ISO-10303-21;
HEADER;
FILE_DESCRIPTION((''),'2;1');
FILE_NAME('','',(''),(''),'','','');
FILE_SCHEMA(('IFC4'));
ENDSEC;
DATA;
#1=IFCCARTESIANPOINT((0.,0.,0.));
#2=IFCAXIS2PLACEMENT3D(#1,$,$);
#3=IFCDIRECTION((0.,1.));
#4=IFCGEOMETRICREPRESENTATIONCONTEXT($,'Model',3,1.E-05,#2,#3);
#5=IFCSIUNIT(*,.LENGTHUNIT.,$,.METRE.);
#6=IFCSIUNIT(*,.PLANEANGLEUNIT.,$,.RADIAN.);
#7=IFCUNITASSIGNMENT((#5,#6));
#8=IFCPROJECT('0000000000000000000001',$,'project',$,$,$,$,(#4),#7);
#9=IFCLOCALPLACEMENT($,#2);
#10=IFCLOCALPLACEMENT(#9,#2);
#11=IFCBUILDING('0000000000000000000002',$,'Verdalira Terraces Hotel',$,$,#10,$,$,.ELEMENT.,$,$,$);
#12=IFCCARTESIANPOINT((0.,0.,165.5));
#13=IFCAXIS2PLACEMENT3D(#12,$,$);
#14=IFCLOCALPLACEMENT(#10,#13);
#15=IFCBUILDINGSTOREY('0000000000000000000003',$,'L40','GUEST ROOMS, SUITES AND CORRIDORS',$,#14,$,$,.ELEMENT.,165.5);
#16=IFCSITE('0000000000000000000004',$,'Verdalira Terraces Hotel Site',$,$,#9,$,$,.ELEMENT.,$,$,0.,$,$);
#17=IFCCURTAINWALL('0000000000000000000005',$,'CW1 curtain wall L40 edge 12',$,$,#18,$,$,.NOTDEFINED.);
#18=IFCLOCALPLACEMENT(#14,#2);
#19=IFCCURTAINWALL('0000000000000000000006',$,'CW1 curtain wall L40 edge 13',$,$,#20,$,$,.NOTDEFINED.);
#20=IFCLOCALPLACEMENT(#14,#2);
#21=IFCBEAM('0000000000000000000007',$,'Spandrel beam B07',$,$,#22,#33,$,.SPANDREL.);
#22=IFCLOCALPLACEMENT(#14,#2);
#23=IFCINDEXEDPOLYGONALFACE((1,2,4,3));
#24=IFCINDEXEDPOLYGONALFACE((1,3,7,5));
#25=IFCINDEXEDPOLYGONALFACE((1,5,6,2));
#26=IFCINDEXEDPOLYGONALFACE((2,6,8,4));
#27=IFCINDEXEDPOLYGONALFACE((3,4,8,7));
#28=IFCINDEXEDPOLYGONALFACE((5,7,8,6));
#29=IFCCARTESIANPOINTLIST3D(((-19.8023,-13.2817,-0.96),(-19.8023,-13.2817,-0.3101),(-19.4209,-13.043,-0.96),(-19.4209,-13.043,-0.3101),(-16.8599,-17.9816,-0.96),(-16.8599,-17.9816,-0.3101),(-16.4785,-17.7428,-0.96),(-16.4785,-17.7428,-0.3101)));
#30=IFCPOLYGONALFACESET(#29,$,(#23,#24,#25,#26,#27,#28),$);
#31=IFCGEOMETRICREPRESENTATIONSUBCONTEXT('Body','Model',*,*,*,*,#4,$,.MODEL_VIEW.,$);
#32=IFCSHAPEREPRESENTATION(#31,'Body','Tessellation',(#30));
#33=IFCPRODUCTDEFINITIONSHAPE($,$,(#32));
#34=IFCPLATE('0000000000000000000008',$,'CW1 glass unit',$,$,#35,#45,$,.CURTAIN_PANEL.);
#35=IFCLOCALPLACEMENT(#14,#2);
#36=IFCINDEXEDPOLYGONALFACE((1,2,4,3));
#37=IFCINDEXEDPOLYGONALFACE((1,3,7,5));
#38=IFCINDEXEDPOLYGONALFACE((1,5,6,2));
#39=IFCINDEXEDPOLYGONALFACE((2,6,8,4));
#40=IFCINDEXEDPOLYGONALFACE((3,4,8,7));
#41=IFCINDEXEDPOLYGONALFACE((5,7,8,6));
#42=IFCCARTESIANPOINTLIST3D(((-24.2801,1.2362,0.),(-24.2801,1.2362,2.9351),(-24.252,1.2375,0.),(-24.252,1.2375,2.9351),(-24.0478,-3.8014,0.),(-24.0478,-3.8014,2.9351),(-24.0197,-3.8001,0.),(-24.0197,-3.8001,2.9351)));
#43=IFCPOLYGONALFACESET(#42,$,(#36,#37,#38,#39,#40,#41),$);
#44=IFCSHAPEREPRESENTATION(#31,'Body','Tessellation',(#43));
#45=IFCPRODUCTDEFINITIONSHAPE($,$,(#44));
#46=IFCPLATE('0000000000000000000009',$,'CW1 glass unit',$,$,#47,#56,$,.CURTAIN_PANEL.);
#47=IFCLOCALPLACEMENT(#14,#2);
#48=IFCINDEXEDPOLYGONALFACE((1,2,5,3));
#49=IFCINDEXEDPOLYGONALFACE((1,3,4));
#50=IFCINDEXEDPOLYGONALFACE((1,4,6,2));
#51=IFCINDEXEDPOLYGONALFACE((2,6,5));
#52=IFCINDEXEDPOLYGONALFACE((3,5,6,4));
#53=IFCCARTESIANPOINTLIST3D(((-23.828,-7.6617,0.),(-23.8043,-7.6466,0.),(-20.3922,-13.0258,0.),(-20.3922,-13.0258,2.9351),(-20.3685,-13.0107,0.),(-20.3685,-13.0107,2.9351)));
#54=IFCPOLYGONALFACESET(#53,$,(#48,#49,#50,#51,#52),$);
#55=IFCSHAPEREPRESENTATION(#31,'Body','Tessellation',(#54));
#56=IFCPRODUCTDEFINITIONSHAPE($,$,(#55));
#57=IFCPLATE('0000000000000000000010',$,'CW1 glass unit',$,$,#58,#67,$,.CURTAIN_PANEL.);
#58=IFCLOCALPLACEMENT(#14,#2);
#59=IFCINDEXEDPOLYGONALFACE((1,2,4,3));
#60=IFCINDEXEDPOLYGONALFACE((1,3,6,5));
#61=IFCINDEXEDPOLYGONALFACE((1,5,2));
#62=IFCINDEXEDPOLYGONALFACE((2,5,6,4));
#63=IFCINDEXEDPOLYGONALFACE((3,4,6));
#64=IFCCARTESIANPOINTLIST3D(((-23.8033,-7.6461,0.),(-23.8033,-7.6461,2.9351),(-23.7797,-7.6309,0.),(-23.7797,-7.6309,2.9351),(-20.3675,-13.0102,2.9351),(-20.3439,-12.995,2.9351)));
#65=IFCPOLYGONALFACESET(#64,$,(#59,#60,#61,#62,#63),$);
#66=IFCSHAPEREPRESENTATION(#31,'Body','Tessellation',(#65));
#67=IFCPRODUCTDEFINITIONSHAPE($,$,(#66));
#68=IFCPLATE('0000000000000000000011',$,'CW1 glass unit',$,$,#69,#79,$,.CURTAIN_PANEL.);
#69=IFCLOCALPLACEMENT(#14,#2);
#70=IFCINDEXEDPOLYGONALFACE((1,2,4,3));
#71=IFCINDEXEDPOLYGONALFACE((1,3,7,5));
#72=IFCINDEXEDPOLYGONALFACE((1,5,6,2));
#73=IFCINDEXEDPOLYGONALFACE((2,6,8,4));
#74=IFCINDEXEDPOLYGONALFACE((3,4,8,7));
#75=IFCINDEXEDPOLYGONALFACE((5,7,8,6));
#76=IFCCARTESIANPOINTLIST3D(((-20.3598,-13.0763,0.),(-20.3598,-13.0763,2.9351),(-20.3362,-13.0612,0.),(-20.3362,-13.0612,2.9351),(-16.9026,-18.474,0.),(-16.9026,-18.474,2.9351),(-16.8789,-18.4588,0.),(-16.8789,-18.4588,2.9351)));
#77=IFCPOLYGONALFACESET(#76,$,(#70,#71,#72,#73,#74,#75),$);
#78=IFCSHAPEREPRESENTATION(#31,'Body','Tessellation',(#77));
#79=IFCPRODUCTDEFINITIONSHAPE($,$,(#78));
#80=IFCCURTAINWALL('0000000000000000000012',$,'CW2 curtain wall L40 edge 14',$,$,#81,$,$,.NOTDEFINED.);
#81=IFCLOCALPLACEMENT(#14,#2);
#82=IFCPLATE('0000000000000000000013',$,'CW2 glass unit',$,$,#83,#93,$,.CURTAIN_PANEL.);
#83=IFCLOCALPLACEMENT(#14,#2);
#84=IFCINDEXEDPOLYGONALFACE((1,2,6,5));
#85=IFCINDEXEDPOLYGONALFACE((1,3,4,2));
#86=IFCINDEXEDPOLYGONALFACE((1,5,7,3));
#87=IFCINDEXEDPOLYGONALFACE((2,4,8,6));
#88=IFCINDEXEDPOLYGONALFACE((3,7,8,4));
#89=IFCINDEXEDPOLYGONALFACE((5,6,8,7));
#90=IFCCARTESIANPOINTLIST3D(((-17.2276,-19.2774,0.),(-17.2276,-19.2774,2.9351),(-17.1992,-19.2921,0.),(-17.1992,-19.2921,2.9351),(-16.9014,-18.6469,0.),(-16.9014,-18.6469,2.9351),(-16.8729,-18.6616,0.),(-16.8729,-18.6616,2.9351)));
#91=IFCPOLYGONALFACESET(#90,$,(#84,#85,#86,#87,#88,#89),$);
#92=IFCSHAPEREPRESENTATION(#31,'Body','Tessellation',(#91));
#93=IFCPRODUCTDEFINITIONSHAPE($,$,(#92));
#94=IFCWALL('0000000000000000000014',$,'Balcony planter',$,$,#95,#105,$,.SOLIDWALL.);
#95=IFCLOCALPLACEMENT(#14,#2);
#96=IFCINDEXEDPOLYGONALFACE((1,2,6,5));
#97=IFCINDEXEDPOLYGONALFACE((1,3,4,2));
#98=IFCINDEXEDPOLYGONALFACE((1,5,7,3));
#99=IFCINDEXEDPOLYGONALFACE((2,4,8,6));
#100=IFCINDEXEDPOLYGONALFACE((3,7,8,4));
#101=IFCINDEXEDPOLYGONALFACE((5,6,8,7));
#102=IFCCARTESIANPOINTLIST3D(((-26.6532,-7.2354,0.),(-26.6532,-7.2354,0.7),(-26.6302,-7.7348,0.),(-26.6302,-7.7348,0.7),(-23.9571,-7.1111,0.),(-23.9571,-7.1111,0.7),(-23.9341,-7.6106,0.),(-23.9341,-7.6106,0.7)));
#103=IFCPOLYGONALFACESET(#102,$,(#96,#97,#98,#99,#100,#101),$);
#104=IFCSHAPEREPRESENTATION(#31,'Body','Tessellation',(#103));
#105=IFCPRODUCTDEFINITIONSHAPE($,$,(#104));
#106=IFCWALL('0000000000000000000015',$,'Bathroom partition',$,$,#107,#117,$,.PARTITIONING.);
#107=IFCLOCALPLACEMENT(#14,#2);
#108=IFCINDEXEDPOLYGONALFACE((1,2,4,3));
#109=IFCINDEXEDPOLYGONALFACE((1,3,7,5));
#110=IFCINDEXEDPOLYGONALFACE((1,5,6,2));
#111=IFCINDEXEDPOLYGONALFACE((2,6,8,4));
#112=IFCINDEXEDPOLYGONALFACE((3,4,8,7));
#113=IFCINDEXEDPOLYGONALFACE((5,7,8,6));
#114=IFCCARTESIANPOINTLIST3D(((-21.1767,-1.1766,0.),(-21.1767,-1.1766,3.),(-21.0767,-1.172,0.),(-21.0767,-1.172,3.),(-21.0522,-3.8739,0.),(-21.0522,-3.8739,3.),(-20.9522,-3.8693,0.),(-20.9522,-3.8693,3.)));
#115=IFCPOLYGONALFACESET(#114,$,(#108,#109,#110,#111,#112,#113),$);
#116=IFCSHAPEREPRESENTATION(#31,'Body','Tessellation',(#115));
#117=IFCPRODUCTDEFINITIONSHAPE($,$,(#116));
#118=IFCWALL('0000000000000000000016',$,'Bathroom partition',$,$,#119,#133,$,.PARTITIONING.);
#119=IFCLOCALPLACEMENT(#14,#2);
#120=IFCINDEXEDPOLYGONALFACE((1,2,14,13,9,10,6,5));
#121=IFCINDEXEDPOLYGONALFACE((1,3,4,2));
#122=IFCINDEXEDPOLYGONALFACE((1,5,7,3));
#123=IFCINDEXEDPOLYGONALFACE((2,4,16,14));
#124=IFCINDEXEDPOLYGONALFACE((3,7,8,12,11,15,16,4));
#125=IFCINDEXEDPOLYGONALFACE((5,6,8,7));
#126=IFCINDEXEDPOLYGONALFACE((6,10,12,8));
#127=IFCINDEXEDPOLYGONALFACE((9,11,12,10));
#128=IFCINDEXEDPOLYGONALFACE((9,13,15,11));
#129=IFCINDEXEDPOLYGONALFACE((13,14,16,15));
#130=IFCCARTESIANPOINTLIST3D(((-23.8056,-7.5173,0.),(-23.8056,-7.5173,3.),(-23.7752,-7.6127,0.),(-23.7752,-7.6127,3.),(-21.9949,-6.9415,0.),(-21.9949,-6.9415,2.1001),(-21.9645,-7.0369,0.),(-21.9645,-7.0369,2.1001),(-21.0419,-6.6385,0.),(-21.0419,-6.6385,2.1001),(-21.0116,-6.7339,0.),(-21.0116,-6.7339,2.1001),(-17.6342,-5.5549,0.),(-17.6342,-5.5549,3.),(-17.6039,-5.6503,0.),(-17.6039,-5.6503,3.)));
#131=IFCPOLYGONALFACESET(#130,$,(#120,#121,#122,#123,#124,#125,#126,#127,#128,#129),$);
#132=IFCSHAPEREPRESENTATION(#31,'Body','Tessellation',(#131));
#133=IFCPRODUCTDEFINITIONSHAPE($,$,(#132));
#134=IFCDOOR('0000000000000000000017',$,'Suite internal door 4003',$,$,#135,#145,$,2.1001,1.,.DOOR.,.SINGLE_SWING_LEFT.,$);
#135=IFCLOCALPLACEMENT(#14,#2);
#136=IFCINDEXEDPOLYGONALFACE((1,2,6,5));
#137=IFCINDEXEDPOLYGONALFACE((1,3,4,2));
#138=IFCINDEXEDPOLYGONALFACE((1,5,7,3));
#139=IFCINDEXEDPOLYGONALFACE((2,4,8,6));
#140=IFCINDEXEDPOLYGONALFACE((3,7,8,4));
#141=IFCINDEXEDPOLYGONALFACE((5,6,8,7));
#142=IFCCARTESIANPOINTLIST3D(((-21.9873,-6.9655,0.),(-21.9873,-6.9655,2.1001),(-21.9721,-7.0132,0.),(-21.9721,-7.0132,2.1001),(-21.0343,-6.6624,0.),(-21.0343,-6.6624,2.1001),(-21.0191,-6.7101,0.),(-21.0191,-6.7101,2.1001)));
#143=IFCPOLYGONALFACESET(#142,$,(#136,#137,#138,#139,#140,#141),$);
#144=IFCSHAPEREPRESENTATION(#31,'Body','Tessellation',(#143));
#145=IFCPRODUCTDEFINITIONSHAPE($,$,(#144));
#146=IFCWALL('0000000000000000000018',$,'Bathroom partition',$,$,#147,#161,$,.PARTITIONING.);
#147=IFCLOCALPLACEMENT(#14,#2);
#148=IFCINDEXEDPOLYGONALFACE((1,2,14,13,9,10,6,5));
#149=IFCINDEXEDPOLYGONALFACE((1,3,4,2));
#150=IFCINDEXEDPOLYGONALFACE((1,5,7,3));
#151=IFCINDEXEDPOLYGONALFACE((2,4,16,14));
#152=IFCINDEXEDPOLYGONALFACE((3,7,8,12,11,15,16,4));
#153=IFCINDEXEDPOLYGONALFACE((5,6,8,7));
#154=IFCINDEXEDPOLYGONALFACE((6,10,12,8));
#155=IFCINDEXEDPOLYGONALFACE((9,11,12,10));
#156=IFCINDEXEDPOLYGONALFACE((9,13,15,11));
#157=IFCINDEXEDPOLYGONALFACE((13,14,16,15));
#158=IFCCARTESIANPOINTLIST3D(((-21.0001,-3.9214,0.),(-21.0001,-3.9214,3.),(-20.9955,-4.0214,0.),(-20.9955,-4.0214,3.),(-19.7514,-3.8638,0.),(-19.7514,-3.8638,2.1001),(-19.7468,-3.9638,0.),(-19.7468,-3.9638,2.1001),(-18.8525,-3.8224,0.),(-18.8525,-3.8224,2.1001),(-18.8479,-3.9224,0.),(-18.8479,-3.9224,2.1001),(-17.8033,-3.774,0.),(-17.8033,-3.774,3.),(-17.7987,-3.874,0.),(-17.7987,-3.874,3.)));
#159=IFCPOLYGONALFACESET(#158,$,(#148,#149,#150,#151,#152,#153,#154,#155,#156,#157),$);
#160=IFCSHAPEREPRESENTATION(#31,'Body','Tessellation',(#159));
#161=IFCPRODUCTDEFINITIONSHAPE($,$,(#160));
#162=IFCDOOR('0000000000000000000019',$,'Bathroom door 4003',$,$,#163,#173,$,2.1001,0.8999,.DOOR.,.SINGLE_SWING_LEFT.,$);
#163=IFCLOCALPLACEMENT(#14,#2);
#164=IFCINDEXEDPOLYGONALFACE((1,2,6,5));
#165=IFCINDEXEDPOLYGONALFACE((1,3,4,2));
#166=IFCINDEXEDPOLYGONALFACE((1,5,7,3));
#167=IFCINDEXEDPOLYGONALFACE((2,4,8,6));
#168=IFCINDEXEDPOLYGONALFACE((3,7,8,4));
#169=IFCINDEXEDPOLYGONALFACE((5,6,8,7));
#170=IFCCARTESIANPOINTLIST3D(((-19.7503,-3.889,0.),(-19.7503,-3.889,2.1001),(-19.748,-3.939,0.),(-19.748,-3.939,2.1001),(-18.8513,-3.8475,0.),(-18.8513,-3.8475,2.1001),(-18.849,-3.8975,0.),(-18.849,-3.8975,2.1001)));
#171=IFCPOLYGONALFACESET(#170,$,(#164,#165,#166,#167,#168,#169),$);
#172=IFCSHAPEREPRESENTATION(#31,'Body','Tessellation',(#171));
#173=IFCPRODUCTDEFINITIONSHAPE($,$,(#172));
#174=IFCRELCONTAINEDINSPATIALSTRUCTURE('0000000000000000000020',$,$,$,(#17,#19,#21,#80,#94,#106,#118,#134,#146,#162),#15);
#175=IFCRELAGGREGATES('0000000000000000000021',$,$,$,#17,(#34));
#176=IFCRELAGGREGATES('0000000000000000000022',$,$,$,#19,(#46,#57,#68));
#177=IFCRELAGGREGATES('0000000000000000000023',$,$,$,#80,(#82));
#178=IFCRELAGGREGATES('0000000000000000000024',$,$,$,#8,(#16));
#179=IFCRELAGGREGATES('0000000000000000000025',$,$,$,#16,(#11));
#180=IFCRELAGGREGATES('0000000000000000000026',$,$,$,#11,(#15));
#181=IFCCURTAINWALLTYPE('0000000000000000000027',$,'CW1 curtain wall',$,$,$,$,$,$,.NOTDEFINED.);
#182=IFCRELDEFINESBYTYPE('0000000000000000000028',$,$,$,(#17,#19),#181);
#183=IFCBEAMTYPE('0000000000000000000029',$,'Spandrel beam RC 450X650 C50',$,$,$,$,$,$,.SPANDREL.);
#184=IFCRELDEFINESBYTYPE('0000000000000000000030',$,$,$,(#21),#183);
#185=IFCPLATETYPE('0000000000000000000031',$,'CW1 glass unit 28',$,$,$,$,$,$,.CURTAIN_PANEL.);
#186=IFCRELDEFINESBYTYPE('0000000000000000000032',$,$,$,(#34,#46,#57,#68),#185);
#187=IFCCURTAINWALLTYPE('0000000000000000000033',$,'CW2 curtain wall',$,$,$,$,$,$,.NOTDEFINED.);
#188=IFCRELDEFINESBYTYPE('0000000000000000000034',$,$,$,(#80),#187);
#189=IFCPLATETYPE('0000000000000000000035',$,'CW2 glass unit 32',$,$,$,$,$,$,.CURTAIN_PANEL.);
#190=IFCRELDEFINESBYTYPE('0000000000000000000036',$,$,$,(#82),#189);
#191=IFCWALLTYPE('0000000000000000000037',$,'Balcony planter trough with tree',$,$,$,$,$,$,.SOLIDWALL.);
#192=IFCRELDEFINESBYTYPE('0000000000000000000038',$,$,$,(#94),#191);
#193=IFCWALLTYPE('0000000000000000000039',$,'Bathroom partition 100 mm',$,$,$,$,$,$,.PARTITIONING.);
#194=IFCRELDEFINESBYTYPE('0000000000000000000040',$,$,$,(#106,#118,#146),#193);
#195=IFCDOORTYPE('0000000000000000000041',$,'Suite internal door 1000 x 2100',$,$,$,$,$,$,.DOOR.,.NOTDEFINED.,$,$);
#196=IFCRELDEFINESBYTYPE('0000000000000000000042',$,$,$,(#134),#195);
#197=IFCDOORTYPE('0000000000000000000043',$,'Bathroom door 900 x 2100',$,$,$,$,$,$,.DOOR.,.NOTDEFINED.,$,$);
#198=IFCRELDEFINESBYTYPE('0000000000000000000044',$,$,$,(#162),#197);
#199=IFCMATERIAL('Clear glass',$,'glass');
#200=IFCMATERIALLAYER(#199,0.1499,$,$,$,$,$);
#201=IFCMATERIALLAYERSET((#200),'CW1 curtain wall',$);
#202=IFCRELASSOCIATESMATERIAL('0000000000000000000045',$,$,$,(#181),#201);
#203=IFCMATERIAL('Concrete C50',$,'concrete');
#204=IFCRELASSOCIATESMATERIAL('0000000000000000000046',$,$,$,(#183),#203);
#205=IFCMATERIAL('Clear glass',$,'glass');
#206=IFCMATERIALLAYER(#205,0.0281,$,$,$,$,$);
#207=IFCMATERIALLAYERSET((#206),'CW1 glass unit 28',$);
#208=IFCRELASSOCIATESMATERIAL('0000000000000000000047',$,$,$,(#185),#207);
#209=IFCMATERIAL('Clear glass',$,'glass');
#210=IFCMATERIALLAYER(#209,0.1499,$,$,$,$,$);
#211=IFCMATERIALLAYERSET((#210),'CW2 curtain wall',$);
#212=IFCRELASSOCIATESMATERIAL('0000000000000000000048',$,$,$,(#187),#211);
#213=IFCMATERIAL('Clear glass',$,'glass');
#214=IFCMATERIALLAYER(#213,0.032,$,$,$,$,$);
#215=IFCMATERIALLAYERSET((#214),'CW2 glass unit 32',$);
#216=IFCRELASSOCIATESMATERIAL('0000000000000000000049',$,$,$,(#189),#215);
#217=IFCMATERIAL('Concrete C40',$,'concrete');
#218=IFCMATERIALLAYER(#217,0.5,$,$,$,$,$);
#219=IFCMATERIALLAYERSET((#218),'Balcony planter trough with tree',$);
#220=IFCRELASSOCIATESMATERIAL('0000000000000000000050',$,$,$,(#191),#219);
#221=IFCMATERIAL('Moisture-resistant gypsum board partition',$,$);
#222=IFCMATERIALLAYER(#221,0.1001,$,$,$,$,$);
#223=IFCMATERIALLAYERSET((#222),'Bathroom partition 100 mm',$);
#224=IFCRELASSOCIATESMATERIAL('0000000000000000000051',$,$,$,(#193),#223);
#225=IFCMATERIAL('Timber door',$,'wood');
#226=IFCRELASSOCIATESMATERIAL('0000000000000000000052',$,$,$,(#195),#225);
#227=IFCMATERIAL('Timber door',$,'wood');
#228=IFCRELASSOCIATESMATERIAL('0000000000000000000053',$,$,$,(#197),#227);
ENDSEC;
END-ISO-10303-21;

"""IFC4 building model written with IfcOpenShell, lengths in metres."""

from ifc_helpers import new_model, si_unit, direction, frame, frame_2d, origin, origin_2d, place, context, subcontext, project, spatial, polyline, rectangle, outline, extrude, material, layer, layer_set, material_profile, profile_set, type_object, element, fill, aggregate, save


model = new_model("IFC4")

# Units and contexts
model_context = context("Model", 3, precision=1e-05, world=origin(), true_north=direction((0.0, 1.0)))
body_context = subcontext(model_context, "Body", "Model", "MODEL_VIEW")
ifc_project = project(units=[si_unit("LENGTHUNIT", "METRE"), si_unit("PLANEANGLEUNIT", "RADIAN")], contexts=[model_context])

# Site, building, storey
site_placement = place(None, origin())
site = spatial("IfcSite", under=ifc_project, at=site_placement, Name="Verdalira Terraces Hotel Site", CompositionType="ELEMENT", RefElevation=0.0)
building_placement = place(site_placement, origin())
building = spatial("IfcBuilding", under=site, at=building_placement, Name="Verdalira Terraces Hotel", CompositionType="ELEMENT")
storey_placement = place(building_placement, frame((0.0, 0.0, 165.5)))
storey = spatial("IfcBuildingStorey", under=building, at=storey_placement, Name="L40", Description="GUEST ROOMS, SUITES AND CORRIDORS", CompositionType="ELEMENT", Elevation=165.5)

# Curtain wall
ifc_material_1 = material(Name="Clear glass", Category="glass")
ifc_layer_1 = layer(ifc_material_1, 0.1499)
ifc_layer_set_1 = layer_set([ifc_layer_1], Name="CW1 curtain wall")
curtain_wall_type_1 = type_object("IfcCurtainWallType", Name="CW1 curtain wall", PredefinedType="NOTDEFINED", material=ifc_layer_set_1)
curtain_wall_1_placement = place(storey_placement, origin())
curtain_wall_1 = element("IfcCurtainWall", 1, at=curtain_wall_1_placement, inside=storey, type_object=curtain_wall_type_1, Name="CW1 curtain wall L40 edge 12", PredefinedType="NOTDEFINED")

# Curtain wall
curtain_wall_2_placement = place(storey_placement, origin())
curtain_wall_2 = element("IfcCurtainWall", 2, at=curtain_wall_2_placement, inside=storey, type_object=curtain_wall_type_1, Name="CW1 curtain wall L40 edge 13", PredefinedType="NOTDEFINED")

# Beam
ifc_material_2 = material(Name="Concrete C50", Category="concrete")
ifc_material_profile_1 = material_profile(ifc_material_2, rectangle(XDim=0.45, YDim=0.6499, at=origin_2d()), Name="RC 450X650")
ifc_profile_set_1 = profile_set([ifc_material_profile_1], Name="Concrete C50")
beam_type_1 = type_object("IfcBeamType", Name="Spandrel beam RC 450X650 C50", PredefinedType="SPANDREL", material=ifc_profile_set_1)
beam_1_placement = place(storey_placement, frame((-19.6116, -13.1624, -0.635), z_axis=(0.530636, -0.8476, 0.0), x_axis=(0.8476, 0.530636, 0.0)))
element("IfcBeam", 3, at=beam_1_placement, inside=storey, type_object=beam_type_1, Name="Spandrel beam B07", PredefinedType="SPANDREL", context=body_context, shape_type="SweptSolid", body=[
    extrude(rectangle(XDim=0.45, YDim=0.6499, at=origin_2d()), origin(), (0.0, 0.0, 1.0), 5.5449),
])

# Plates
ifc_material_3 = material(Name="Clear glass", Category="glass")
ifc_layer_2 = layer(ifc_material_3, 0.0281)
ifc_layer_set_2 = layer_set([ifc_layer_2], Name="CW1 glass unit 28")
plate_type_1 = type_object("IfcPlateType", Name="CW1 glass unit 28", PredefinedType="CURTAIN_PANEL", material=ifc_layer_set_2)
plate_1_placement = place(storey_placement, frame((-24.1499, -1.282, 0.0), z_axis=(0.0, 0.0, 1.0), x_axis=(0.04606, -0.998939, 0.0)))
plate_1 = element("IfcPlate", 4, at=plate_1_placement, type_object=plate_type_1, Name="CW1 glass unit", PredefinedType="CURTAIN_PANEL", context=body_context, shape_type="SweptSolid", body=[
    extrude(rectangle(XDim=5.043, YDim=0.0281, at=origin_2d()), origin(), (0.0, 0.0, 1.0), 2.9351),
])
aggregate(curtain_wall_1, [plate_1])
plate_2_placement = place(storey_placement, frame((-22.0864, -10.3286, 1.4675), z_axis=(-0.842076, -0.539359, 0.0), x_axis=(0.539359, -0.842076, 0.0)))
plate_2 = element("IfcPlate", 5, at=plate_2_placement, type_object=plate_type_1, Name="CW1 glass unit", PredefinedType="CURTAIN_PANEL", context=body_context, shape_type="SweptSolid", body=[
    extrude(outline(polyline([(-3.1851, -1.4675), (3.1851, -1.4675), (3.1851, 1.4675), (-3.1851, -1.4675)])), origin(), (0.0, 0.0, 1.0), 0.0281),
])
plate_3_placement = place(storey_placement, frame((-22.0618, -10.313, 1.4675), z_axis=(-0.842076, -0.539359, 0.0), x_axis=(0.539359, -0.842076, 0.0)))
plate_3 = element("IfcPlate", 6, at=plate_3_placement, type_object=plate_type_1, Name="CW1 glass unit", PredefinedType="CURTAIN_PANEL", context=body_context, shape_type="SweptSolid", body=[
    extrude(outline(polyline([(-3.1851, -1.4675), (3.1851, 1.4675), (-3.1851, 1.4675), (-3.1851, -1.4675)])), origin(), (0.0, 0.0, 1.0), 0.0281),
])
plate_4_placement = place(storey_placement, frame((-18.6194, -15.7676, 0.0), z_axis=(0.0, 0.0, 1.0), x_axis=(0.539359, -0.842076, 0.0)))
plate_4 = element("IfcPlate", 7, at=plate_4_placement, type_object=plate_type_1, Name="CW1 glass unit", PredefinedType="CURTAIN_PANEL", context=body_context, shape_type="SweptSolid", body=[
    extrude(rectangle(XDim=6.4099, YDim=0.0281, at=origin_2d()), origin(), (0.0, 0.0, 1.0), 2.9351),
])
aggregate(curtain_wall_2, [plate_2, plate_3, plate_4])

# Curtain wall, plate
ifc_material_4 = material(Name="Clear glass", Category="glass")
ifc_layer_3 = layer(ifc_material_4, 0.1499)
ifc_layer_set_3 = layer_set([ifc_layer_3], Name="CW2 curtain wall")
curtain_wall_type_2 = type_object("IfcCurtainWallType", Name="CW2 curtain wall", PredefinedType="NOTDEFINED", material=ifc_layer_set_3)
curtain_wall_3_placement = place(storey_placement, origin())
curtain_wall_3 = element("IfcCurtainWall", 8, at=curtain_wall_3_placement, inside=storey, type_object=curtain_wall_type_2, Name="CW2 curtain wall L40 edge 14", PredefinedType="NOTDEFINED")
ifc_material_5 = material(Name="Clear glass", Category="glass")
ifc_layer_4 = layer(ifc_material_5, 0.032)
ifc_layer_set_4 = layer_set([ifc_layer_4], Name="CW2 glass unit 32")
plate_type_2 = type_object("IfcPlateType", Name="CW2 glass unit 32", PredefinedType="CURTAIN_PANEL", material=ifc_layer_set_4)
plate_5_placement = place(storey_placement, frame((-17.0503, -18.9695, 0.0), z_axis=(0.0, 0.0, 1.0), x_axis=(-0.45958, -0.888136, 0.0)))
plate_5 = element("IfcPlate", 9, at=plate_5_placement, type_object=plate_type_2, Name="CW2 glass unit", PredefinedType="CURTAIN_PANEL", context=body_context, shape_type="SweptSolid", body=[
    extrude(rectangle(XDim=0.71, YDim=0.032, at=origin_2d()), origin(), (0.0, 0.0, 1.0), 2.9351),
])
aggregate(curtain_wall_3, [plate_5])

# Walls
ifc_material_6 = material(Name="Concrete C40", Category="concrete")
ifc_layer_5 = layer(ifc_material_6, 0.5)
ifc_layer_set_5 = layer_set([ifc_layer_5], Name="Balcony planter trough with tree")
wall_type_1 = type_object("IfcWallType", Name="Balcony planter trough with tree", PredefinedType="SOLIDWALL", material=ifc_layer_set_5)
wall_1_placement = place(storey_placement, frame((-26.6418, -7.4851, 0.0), z_axis=(0.0, 0.0, 1.0), x_axis=(0.998939, 0.046044, 0.0)))
element("IfcWall", 10, at=wall_1_placement, inside=storey, type_object=wall_type_1, Name="Balcony planter", PredefinedType="SOLIDWALL", context=body_context, shape_type="SweptSolid", body=[
    extrude(rectangle(XDim=2.699, YDim=0.5, at=frame_2d((1.3496, 0.0))), origin(), (0.0, 0.0, 1.0), 0.7),
])
ifc_material_7 = material(Name="Moisture-resistant gypsum board partition")
ifc_layer_6 = layer(ifc_material_7, 0.1001)
ifc_layer_set_6 = layer_set([ifc_layer_6], Name="Bathroom partition 100 mm")
wall_type_2 = type_object("IfcWallType", Name="Bathroom partition 100 mm", PredefinedType="PARTITIONING", material=ifc_layer_set_6)
wall_2_placement = place(storey_placement, frame((-21.1267, -1.1743, 0.0), z_axis=(0.0, 0.0, 1.0), x_axis=(0.046113, -0.998936, 0.0)))
element("IfcWall", 11, at=wall_2_placement, inside=storey, type_object=wall_type_2, Name="Bathroom partition", PredefinedType="PARTITIONING", context=body_context, shape_type="SweptSolid", body=[
    extrude(rectangle(XDim=2.7002, YDim=0.1001, at=frame_2d((1.3501, 0.0))), origin(), (0.0, 0.0, 1.0), 3.0),
])

# Walls, openings, doors
wall_3_placement = place(storey_placement, frame((-23.7903, -7.5649, 0.0), z_axis=(0.0, 0.0, 1.0), x_axis=(0.95298, 0.303032, 0.0)))
wall_3 = element("IfcWall", 12, at=wall_3_placement, inside=storey, type_object=wall_type_2, Name="Bathroom partition", PredefinedType="PARTITIONING", context=body_context, shape_type="SweptSolid", body=[
    extrude(rectangle(XDim=6.4758, YDim=0.1001, at=frame_2d((3.2378, 0.0))), origin(), (0.0, 0.0, 1.0), 3.0),
])
opening_1_placement = place(wall_3_placement, frame((1.8999, 0.0, 0.0)))
opening_1 = element("IfcOpeningElement", 13, at=opening_1_placement, cuts=wall_3, PredefinedType="OPENING", context=body_context, shape_type="SweptSolid", body=[
    extrude(rectangle(XDim=1.0, YDim=2.1001, at=frame_2d((0.5, 1.05))), frame((0.0, 0.0601, 0.0), z_axis=(0.0, -1.0, 0.0), x_axis=(1.0, 0.0, 0.0)), (0.0, 0.0, 1.0), 0.1201),
])
ifc_material_8 = material(Name="Timber door", Category="wood")
door_type_1 = type_object("IfcDoorType", Name="Suite internal door 1000 x 2100", OperationType="NOTDEFINED", PredefinedType="DOOR", material=ifc_material_8)
door_1_placement = place(opening_1_placement, origin())
door_1 = element("IfcDoor", 14, at=door_1_placement, inside=storey, type_object=door_type_1, Name="Suite internal door 4003", OperationType="SINGLE_SWING_LEFT", OverallHeight=2.1001, OverallWidth=1.0, PredefinedType="DOOR", context=body_context, shape_type="SweptSolid", body=[
    extrude(rectangle(XDim=1.0, YDim=2.1001, at=frame_2d((0.5, 1.05))), frame((0.0, 0.0249, 0.0), z_axis=(0.0, -1.0, 0.0), x_axis=(1.0, 0.0, 0.0)), (0.0, 0.0, 1.0), 0.05),
])
fill(opening_1, door_1)
wall_4_placement = place(storey_placement, frame((-20.9978, -3.9714, 0.0), z_axis=(0.0, 0.0, 1.0), x_axis=(0.998938, 0.046079, 0.0)))
wall_4 = element("IfcWall", 15, at=wall_4_placement, inside=storey, type_object=wall_type_2, Name="Bathroom partition", PredefinedType="PARTITIONING", context=body_context, shape_type="SweptSolid", body=[
    extrude(rectangle(XDim=3.2002, YDim=0.1001, at=frame_2d((1.6001, 0.0))), origin(), (0.0, 0.0, 1.0), 3.0),
])
opening_2_placement = place(wall_4_placement, frame((1.25, 0.0, 0.0)))
opening_2 = element("IfcOpeningElement", 16, at=opening_2_placement, cuts=wall_4, PredefinedType="OPENING", context=body_context, shape_type="SweptSolid", body=[
    extrude(rectangle(XDim=0.8999, YDim=2.1001, at=frame_2d((0.45, 1.05))), frame((0.0, 0.0601, 0.0), z_axis=(0.0, -1.0, 0.0), x_axis=(1.0, 0.0, 0.0)), (0.0, 0.0, 1.0), 0.1201),
])
ifc_material_9 = material(Name="Timber door", Category="wood")
door_type_2 = type_object("IfcDoorType", Name="Bathroom door 900 x 2100", OperationType="NOTDEFINED", PredefinedType="DOOR", material=ifc_material_9)
door_2_placement = place(opening_2_placement, origin())
door_2 = element("IfcDoor", 17, at=door_2_placement, inside=storey, type_object=door_type_2, Name="Bathroom door 4003", OperationType="SINGLE_SWING_LEFT", OverallHeight=2.1001, OverallWidth=0.8999, PredefinedType="DOOR", context=body_context, shape_type="SweptSolid", body=[
    extrude(rectangle(XDim=0.8999, YDim=2.1001, at=frame_2d((0.45, 1.05))), frame((0.0, 0.0249, 0.0), z_axis=(0.0, -1.0, 0.0), x_axis=(1.0, 0.0, 0.0)), (0.0, 0.0, 1.0), 0.05),
])
fill(opening_2, door_2)

save(model, "model.ifc")
